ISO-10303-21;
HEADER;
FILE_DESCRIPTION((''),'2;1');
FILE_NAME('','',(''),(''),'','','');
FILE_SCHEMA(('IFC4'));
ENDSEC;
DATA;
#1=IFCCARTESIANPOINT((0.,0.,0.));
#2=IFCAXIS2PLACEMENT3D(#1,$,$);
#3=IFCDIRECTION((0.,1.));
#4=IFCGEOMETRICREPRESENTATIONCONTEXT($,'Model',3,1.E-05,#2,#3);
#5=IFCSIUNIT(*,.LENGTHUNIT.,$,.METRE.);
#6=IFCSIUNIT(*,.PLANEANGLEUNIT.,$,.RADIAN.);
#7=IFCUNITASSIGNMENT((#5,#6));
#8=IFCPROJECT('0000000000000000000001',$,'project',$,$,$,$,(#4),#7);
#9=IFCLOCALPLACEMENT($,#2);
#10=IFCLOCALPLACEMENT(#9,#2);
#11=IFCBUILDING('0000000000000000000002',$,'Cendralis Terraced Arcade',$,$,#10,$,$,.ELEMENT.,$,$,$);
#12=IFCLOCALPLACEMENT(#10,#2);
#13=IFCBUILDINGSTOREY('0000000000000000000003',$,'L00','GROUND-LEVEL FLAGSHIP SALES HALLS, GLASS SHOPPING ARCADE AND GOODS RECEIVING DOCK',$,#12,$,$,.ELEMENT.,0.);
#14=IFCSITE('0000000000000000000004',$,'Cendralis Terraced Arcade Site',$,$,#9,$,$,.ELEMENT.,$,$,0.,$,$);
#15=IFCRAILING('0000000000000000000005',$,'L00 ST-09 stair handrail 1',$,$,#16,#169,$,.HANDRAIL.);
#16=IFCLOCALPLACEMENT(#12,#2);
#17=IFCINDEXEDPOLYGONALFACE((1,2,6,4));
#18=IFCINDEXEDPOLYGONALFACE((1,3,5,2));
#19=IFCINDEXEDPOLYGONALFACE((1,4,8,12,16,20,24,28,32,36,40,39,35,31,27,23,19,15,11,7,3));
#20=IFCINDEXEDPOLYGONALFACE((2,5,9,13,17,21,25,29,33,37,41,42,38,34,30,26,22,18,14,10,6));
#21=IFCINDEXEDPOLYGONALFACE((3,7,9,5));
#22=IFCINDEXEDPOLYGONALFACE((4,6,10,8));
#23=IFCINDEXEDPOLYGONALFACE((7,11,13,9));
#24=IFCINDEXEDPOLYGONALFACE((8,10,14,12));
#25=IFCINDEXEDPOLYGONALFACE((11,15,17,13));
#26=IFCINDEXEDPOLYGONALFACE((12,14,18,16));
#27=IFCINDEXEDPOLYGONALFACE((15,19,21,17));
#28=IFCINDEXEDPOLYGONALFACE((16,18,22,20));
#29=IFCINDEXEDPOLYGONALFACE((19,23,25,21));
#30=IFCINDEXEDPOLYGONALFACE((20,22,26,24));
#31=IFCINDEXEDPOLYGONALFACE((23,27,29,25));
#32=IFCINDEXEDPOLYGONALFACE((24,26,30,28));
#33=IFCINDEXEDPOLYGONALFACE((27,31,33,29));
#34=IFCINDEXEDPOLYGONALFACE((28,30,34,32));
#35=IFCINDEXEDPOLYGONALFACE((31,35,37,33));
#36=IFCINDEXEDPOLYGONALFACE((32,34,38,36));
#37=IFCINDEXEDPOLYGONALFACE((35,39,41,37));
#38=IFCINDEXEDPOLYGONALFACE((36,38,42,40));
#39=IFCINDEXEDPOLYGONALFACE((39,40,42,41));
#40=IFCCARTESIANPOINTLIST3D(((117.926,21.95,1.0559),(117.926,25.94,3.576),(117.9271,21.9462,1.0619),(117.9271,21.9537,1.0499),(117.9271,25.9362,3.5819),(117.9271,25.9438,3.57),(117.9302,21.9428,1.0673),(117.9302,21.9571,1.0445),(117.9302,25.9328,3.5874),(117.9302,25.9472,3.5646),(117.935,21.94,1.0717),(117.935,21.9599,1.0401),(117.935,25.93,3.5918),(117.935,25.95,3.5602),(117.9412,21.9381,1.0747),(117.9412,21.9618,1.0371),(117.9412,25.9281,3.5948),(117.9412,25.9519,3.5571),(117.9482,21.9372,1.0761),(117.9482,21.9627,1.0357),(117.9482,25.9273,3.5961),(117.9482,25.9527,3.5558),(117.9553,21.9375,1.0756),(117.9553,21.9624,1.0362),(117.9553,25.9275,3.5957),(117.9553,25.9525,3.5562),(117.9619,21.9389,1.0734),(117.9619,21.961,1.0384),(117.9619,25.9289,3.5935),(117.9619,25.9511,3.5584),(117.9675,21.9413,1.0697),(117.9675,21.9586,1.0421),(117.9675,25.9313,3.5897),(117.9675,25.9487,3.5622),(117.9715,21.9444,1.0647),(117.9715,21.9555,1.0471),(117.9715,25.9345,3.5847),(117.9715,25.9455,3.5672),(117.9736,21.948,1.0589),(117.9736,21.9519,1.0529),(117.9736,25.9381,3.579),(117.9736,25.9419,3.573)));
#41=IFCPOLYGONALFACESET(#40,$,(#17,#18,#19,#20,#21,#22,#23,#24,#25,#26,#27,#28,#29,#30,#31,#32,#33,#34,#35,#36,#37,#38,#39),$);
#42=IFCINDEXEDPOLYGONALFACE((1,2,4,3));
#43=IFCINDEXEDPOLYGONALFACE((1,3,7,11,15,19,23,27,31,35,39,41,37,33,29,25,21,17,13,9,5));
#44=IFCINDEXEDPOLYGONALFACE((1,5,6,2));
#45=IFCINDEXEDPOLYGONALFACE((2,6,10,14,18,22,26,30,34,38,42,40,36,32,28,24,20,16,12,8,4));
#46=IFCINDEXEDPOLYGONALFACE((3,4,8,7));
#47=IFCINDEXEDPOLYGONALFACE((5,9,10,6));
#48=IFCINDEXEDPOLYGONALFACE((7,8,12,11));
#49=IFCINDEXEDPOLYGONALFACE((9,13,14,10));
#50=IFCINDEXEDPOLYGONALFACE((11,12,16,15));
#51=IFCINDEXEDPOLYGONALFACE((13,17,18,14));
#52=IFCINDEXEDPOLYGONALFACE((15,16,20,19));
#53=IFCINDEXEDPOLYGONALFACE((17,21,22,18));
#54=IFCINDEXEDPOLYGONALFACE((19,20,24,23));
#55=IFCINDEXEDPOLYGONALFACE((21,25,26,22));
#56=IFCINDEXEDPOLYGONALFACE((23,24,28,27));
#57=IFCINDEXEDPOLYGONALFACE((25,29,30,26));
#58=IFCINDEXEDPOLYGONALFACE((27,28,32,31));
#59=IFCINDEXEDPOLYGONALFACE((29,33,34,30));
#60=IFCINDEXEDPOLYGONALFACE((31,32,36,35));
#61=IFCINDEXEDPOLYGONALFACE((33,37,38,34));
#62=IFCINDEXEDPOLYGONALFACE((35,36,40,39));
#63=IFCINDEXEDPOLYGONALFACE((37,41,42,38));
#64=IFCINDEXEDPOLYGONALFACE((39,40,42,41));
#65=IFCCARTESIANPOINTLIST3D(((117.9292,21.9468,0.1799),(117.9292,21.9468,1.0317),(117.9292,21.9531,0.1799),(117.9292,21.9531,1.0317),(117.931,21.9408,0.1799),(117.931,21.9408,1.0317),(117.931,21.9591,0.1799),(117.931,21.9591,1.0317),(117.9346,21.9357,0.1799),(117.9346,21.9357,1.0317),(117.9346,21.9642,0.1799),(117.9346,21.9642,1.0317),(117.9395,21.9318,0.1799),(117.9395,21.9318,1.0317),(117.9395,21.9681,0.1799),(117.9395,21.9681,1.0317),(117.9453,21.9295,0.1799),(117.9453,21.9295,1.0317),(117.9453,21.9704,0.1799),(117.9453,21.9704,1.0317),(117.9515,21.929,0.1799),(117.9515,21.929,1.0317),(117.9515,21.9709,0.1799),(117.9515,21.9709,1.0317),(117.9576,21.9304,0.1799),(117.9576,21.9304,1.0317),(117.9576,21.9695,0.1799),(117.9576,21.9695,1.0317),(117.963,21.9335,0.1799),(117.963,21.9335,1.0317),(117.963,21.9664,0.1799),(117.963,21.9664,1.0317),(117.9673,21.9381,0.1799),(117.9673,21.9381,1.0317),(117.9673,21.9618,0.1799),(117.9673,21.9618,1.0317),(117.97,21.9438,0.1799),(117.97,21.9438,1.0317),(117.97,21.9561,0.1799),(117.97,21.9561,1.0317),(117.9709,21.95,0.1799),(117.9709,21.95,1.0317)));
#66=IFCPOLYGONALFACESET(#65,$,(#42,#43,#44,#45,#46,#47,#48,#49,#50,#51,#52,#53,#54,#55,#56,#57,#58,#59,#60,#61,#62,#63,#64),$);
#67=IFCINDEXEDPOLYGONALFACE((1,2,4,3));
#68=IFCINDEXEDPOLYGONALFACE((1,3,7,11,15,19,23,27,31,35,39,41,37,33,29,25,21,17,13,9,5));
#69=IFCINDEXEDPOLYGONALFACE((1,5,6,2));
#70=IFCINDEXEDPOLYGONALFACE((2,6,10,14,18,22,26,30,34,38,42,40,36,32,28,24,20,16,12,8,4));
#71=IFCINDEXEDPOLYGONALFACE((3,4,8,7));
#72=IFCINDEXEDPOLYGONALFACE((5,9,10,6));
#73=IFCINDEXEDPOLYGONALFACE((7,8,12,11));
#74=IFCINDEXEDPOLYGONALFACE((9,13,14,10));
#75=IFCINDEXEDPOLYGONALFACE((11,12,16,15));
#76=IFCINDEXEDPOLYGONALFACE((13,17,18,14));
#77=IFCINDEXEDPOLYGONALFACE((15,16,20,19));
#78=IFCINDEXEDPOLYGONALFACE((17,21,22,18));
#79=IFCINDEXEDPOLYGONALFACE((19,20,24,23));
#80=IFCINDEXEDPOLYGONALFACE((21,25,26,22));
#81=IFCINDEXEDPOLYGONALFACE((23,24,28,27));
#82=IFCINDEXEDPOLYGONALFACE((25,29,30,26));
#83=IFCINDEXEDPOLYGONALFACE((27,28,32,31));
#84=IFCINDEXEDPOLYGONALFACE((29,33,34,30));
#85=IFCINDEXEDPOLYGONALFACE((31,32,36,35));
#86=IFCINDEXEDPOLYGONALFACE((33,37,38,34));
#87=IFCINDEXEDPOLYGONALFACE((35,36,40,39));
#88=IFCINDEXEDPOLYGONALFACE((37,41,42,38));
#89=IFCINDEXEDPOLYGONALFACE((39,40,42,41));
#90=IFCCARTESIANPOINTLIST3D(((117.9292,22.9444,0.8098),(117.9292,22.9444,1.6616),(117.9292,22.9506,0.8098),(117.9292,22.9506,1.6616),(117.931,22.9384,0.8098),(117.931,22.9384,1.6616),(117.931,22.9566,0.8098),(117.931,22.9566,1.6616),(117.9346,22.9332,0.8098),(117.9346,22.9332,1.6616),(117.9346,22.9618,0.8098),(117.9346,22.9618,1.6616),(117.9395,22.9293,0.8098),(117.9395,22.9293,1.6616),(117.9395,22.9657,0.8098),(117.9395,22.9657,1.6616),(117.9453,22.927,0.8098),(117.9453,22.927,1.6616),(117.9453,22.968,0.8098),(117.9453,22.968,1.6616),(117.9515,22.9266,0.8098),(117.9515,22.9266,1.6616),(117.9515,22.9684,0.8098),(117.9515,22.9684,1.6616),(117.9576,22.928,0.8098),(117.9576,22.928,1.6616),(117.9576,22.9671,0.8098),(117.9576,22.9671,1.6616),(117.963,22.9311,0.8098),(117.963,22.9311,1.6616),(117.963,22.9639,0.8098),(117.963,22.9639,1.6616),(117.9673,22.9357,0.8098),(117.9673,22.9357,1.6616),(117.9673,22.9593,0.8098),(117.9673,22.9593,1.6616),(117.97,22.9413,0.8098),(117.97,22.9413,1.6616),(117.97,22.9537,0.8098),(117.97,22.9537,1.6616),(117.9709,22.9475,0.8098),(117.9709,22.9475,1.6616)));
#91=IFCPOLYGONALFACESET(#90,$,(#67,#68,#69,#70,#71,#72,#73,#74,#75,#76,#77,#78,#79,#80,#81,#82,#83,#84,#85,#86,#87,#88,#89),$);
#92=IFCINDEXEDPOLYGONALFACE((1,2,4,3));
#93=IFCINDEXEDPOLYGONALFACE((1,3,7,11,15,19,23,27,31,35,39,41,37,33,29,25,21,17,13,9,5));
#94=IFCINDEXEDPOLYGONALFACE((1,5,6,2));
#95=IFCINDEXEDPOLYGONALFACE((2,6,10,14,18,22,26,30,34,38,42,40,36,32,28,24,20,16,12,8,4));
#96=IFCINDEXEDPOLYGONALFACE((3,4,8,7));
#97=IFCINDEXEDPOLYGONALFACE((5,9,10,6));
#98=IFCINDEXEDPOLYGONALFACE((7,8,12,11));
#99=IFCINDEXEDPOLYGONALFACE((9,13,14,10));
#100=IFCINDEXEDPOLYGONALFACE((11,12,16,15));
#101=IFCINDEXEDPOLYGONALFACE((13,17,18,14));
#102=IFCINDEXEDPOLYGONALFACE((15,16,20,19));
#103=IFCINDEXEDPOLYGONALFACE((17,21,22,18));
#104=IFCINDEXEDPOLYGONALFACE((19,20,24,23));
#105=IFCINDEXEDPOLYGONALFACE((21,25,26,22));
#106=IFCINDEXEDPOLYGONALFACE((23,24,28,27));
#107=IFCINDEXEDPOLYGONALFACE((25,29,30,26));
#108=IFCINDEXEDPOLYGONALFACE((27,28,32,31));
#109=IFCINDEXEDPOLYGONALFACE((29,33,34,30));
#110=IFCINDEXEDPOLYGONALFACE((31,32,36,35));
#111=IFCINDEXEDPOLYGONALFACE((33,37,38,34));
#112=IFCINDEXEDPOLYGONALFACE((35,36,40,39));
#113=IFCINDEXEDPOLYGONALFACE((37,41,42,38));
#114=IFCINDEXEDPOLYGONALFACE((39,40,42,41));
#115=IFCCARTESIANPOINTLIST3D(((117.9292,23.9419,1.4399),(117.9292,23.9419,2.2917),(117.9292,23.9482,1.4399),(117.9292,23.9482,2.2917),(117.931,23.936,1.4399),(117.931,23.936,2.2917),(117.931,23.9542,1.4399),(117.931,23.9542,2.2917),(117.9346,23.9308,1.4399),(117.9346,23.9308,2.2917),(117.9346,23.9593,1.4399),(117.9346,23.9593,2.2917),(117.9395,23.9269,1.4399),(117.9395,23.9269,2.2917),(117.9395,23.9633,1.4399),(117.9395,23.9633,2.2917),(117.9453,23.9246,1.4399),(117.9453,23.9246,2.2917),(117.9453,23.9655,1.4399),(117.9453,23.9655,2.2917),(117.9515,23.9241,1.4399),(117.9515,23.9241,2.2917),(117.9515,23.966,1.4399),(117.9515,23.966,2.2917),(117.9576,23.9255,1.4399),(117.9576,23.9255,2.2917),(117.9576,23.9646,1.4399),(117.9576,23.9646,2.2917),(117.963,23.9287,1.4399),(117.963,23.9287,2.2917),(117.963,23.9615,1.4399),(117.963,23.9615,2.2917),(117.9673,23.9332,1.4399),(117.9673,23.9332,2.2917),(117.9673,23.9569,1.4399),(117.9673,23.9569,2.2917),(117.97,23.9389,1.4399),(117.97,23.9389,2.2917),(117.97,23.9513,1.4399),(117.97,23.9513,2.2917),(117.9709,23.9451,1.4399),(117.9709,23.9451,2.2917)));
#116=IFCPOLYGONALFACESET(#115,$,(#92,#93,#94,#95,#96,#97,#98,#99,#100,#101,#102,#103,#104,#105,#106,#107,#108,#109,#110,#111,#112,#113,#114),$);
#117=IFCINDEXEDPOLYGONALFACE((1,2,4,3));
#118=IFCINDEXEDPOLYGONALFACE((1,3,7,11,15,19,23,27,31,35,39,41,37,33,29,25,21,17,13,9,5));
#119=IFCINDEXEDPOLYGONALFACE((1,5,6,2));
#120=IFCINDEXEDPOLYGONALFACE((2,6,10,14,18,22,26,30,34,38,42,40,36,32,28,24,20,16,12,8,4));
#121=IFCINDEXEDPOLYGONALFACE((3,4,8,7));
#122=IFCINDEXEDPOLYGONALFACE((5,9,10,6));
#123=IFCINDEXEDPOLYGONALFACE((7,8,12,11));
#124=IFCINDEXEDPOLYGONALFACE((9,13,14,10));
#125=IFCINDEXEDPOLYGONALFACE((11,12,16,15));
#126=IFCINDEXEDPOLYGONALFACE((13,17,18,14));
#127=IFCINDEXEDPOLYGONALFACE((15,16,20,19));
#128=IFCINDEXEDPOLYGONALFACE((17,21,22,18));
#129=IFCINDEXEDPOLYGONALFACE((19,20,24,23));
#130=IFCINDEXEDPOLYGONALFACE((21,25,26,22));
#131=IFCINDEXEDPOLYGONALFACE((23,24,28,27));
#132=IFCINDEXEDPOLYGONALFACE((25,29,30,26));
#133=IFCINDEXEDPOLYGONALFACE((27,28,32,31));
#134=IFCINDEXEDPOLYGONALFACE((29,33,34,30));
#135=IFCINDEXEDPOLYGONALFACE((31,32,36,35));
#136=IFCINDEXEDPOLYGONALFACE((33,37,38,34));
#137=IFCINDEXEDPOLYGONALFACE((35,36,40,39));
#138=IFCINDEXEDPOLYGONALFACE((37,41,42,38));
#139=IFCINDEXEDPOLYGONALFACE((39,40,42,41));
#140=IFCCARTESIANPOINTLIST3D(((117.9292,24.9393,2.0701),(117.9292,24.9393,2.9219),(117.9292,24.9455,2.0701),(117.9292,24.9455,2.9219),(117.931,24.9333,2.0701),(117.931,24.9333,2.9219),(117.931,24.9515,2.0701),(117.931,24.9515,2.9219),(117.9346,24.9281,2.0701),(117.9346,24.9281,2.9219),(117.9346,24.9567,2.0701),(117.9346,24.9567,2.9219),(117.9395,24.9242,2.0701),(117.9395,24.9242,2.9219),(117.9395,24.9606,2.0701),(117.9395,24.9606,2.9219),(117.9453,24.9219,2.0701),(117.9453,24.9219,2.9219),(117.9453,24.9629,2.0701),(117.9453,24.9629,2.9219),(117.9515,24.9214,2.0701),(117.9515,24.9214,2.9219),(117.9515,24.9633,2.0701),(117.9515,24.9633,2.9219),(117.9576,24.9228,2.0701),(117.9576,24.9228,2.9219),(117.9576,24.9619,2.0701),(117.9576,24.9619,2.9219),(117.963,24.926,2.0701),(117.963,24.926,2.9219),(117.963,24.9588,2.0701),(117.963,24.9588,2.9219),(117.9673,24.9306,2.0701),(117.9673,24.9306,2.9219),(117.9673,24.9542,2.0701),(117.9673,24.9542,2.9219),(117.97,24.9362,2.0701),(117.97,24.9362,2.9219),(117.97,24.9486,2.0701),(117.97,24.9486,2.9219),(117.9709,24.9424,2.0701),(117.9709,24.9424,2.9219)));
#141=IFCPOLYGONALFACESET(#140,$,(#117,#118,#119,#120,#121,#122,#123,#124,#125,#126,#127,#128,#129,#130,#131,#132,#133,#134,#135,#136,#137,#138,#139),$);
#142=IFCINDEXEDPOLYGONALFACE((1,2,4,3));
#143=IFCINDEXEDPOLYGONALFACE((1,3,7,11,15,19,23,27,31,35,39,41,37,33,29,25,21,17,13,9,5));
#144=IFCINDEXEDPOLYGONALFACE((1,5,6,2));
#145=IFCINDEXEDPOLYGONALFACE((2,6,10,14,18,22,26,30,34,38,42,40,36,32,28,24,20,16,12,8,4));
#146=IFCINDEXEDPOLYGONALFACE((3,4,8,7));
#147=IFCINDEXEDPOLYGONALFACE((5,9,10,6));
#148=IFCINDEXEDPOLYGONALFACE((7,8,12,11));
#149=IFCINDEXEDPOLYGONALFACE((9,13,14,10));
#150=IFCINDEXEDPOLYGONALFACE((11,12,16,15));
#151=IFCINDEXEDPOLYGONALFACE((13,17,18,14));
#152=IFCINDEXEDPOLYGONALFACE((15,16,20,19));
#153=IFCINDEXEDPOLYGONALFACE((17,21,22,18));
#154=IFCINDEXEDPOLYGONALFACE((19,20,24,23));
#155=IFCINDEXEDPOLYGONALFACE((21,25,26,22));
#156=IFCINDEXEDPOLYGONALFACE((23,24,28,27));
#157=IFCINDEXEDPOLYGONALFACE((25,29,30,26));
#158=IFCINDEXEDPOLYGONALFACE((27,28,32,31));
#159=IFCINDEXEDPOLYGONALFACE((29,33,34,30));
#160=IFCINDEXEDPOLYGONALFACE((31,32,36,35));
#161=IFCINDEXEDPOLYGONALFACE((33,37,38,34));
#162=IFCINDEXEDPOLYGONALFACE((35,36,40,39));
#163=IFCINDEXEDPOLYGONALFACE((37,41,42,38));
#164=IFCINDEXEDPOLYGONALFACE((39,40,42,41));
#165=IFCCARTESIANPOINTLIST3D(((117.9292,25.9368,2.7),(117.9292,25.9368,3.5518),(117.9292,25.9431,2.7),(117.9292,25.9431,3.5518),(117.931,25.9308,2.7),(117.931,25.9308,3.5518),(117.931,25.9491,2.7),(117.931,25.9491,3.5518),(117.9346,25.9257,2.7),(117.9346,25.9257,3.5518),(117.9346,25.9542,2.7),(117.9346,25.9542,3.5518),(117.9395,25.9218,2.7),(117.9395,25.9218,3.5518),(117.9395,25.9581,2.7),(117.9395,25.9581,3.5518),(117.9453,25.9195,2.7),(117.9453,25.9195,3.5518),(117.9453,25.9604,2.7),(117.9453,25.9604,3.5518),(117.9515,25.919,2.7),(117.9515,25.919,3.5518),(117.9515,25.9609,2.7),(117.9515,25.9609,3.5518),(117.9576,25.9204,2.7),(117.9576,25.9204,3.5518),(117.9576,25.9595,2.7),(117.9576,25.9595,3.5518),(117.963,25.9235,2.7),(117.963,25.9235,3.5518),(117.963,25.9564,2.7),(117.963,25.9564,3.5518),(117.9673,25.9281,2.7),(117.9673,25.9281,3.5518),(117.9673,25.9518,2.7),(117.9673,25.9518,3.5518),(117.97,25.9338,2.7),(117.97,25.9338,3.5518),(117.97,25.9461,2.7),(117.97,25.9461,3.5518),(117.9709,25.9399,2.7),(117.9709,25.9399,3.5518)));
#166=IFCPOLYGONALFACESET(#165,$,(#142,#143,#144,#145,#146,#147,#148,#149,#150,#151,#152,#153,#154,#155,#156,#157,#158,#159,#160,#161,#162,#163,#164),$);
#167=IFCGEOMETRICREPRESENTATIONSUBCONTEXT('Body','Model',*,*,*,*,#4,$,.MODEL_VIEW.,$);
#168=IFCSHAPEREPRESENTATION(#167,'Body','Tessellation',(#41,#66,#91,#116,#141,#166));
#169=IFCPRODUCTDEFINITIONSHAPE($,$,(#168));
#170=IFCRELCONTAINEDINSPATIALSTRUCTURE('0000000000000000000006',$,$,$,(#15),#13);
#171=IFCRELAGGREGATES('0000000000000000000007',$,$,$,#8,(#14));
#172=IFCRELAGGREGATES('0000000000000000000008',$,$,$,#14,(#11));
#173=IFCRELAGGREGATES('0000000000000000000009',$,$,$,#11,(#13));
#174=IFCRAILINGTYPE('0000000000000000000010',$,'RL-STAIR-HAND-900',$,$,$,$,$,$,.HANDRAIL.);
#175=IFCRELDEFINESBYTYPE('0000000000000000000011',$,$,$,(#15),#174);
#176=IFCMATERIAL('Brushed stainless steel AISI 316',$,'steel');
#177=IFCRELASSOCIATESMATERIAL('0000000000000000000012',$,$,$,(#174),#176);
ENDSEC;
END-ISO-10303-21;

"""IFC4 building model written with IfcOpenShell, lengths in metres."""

from ifc_helpers import new_model, si_unit, direction, frame, origin, origin_2d, place, context, subcontext, project, spatial, circle, extrude, material, type_object, element, save


model = new_model("IFC4")

# Units and contexts
model_context = context("Model", 3, precision=1e-05, world=origin(), true_north=direction((0.0, 1.0)))
body_context = subcontext(model_context, "Body", "Model", "MODEL_VIEW")
ifc_project = project(units=[si_unit("LENGTHUNIT", "METRE"), si_unit("PLANEANGLEUNIT", "RADIAN")], contexts=[model_context])

# Site, building, storey
site_placement = place(None, origin())
site = spatial("IfcSite", under=ifc_project, at=site_placement, Name="Cendralis Terraced Arcade Site", CompositionType="ELEMENT", RefElevation=0.0)
building_placement = place(site_placement, origin())
building = spatial("IfcBuilding", under=site, at=building_placement, Name="Cendralis Terraced Arcade", CompositionType="ELEMENT")
storey_placement = place(building_placement, origin())
storey = spatial("IfcBuildingStorey", under=building, at=storey_placement, Name="L00", Description="GROUND-LEVEL FLAGSHIP SALES HALLS, GLASS SHOPPING ARCADE AND GOODS RECEIVING DOCK", CompositionType="ELEMENT", Elevation=0.0)

# Railing
ifc_material_1 = material(Name="Brushed stainless steel AISI 316", Category="steel")
railing_type_1 = type_object("IfcRailingType", Name="RL-STAIR-HAND-900", PredefinedType="HANDRAIL", material=ifc_material_1)
railing_1_placement = place(storey_placement, frame((117.95, 21.95, 0.1799)))
element("IfcRailing", 1, at=railing_1_placement, inside=storey, type_object=railing_type_1, Name="L00 ST-09 stair handrail 1", PredefinedType="HANDRAIL", context=body_context, shape_type="SweptSolid", body=[
    extrude(circle(Radius=0.0239, at=origin_2d()), frame((0.0, 0.0, 0.876), z_axis=(0.0, 0.845486, 0.533997), x_axis=(-1.0, 0.0, 0.0)), (0.0, 0.0, 1.0), 4.7192),
    extrude(circle(Radius=0.021, at=origin_2d()), origin(), (0.0, 0.0, 1.0), 0.8518),
    extrude(circle(Radius=0.021, at=origin_2d()), frame((0.0, 0.9976, 0.6299)), (0.0, 0.0, 1.0), 0.8518),
    extrude(circle(Radius=0.021, at=origin_2d()), frame((0.0, 1.9951, 1.26)), (0.0, 0.0, 1.0), 0.8518),
    extrude(circle(Radius=0.021, at=origin_2d()), frame((0.0, 2.9924, 1.8901)), (0.0, 0.0, 1.0), 0.8518),
    extrude(circle(Radius=0.021, at=origin_2d()), frame((0.0, 3.99, 2.52)), (0.0, 0.0, 1.0), 0.8518),
])

save(model, "model.ifc")
